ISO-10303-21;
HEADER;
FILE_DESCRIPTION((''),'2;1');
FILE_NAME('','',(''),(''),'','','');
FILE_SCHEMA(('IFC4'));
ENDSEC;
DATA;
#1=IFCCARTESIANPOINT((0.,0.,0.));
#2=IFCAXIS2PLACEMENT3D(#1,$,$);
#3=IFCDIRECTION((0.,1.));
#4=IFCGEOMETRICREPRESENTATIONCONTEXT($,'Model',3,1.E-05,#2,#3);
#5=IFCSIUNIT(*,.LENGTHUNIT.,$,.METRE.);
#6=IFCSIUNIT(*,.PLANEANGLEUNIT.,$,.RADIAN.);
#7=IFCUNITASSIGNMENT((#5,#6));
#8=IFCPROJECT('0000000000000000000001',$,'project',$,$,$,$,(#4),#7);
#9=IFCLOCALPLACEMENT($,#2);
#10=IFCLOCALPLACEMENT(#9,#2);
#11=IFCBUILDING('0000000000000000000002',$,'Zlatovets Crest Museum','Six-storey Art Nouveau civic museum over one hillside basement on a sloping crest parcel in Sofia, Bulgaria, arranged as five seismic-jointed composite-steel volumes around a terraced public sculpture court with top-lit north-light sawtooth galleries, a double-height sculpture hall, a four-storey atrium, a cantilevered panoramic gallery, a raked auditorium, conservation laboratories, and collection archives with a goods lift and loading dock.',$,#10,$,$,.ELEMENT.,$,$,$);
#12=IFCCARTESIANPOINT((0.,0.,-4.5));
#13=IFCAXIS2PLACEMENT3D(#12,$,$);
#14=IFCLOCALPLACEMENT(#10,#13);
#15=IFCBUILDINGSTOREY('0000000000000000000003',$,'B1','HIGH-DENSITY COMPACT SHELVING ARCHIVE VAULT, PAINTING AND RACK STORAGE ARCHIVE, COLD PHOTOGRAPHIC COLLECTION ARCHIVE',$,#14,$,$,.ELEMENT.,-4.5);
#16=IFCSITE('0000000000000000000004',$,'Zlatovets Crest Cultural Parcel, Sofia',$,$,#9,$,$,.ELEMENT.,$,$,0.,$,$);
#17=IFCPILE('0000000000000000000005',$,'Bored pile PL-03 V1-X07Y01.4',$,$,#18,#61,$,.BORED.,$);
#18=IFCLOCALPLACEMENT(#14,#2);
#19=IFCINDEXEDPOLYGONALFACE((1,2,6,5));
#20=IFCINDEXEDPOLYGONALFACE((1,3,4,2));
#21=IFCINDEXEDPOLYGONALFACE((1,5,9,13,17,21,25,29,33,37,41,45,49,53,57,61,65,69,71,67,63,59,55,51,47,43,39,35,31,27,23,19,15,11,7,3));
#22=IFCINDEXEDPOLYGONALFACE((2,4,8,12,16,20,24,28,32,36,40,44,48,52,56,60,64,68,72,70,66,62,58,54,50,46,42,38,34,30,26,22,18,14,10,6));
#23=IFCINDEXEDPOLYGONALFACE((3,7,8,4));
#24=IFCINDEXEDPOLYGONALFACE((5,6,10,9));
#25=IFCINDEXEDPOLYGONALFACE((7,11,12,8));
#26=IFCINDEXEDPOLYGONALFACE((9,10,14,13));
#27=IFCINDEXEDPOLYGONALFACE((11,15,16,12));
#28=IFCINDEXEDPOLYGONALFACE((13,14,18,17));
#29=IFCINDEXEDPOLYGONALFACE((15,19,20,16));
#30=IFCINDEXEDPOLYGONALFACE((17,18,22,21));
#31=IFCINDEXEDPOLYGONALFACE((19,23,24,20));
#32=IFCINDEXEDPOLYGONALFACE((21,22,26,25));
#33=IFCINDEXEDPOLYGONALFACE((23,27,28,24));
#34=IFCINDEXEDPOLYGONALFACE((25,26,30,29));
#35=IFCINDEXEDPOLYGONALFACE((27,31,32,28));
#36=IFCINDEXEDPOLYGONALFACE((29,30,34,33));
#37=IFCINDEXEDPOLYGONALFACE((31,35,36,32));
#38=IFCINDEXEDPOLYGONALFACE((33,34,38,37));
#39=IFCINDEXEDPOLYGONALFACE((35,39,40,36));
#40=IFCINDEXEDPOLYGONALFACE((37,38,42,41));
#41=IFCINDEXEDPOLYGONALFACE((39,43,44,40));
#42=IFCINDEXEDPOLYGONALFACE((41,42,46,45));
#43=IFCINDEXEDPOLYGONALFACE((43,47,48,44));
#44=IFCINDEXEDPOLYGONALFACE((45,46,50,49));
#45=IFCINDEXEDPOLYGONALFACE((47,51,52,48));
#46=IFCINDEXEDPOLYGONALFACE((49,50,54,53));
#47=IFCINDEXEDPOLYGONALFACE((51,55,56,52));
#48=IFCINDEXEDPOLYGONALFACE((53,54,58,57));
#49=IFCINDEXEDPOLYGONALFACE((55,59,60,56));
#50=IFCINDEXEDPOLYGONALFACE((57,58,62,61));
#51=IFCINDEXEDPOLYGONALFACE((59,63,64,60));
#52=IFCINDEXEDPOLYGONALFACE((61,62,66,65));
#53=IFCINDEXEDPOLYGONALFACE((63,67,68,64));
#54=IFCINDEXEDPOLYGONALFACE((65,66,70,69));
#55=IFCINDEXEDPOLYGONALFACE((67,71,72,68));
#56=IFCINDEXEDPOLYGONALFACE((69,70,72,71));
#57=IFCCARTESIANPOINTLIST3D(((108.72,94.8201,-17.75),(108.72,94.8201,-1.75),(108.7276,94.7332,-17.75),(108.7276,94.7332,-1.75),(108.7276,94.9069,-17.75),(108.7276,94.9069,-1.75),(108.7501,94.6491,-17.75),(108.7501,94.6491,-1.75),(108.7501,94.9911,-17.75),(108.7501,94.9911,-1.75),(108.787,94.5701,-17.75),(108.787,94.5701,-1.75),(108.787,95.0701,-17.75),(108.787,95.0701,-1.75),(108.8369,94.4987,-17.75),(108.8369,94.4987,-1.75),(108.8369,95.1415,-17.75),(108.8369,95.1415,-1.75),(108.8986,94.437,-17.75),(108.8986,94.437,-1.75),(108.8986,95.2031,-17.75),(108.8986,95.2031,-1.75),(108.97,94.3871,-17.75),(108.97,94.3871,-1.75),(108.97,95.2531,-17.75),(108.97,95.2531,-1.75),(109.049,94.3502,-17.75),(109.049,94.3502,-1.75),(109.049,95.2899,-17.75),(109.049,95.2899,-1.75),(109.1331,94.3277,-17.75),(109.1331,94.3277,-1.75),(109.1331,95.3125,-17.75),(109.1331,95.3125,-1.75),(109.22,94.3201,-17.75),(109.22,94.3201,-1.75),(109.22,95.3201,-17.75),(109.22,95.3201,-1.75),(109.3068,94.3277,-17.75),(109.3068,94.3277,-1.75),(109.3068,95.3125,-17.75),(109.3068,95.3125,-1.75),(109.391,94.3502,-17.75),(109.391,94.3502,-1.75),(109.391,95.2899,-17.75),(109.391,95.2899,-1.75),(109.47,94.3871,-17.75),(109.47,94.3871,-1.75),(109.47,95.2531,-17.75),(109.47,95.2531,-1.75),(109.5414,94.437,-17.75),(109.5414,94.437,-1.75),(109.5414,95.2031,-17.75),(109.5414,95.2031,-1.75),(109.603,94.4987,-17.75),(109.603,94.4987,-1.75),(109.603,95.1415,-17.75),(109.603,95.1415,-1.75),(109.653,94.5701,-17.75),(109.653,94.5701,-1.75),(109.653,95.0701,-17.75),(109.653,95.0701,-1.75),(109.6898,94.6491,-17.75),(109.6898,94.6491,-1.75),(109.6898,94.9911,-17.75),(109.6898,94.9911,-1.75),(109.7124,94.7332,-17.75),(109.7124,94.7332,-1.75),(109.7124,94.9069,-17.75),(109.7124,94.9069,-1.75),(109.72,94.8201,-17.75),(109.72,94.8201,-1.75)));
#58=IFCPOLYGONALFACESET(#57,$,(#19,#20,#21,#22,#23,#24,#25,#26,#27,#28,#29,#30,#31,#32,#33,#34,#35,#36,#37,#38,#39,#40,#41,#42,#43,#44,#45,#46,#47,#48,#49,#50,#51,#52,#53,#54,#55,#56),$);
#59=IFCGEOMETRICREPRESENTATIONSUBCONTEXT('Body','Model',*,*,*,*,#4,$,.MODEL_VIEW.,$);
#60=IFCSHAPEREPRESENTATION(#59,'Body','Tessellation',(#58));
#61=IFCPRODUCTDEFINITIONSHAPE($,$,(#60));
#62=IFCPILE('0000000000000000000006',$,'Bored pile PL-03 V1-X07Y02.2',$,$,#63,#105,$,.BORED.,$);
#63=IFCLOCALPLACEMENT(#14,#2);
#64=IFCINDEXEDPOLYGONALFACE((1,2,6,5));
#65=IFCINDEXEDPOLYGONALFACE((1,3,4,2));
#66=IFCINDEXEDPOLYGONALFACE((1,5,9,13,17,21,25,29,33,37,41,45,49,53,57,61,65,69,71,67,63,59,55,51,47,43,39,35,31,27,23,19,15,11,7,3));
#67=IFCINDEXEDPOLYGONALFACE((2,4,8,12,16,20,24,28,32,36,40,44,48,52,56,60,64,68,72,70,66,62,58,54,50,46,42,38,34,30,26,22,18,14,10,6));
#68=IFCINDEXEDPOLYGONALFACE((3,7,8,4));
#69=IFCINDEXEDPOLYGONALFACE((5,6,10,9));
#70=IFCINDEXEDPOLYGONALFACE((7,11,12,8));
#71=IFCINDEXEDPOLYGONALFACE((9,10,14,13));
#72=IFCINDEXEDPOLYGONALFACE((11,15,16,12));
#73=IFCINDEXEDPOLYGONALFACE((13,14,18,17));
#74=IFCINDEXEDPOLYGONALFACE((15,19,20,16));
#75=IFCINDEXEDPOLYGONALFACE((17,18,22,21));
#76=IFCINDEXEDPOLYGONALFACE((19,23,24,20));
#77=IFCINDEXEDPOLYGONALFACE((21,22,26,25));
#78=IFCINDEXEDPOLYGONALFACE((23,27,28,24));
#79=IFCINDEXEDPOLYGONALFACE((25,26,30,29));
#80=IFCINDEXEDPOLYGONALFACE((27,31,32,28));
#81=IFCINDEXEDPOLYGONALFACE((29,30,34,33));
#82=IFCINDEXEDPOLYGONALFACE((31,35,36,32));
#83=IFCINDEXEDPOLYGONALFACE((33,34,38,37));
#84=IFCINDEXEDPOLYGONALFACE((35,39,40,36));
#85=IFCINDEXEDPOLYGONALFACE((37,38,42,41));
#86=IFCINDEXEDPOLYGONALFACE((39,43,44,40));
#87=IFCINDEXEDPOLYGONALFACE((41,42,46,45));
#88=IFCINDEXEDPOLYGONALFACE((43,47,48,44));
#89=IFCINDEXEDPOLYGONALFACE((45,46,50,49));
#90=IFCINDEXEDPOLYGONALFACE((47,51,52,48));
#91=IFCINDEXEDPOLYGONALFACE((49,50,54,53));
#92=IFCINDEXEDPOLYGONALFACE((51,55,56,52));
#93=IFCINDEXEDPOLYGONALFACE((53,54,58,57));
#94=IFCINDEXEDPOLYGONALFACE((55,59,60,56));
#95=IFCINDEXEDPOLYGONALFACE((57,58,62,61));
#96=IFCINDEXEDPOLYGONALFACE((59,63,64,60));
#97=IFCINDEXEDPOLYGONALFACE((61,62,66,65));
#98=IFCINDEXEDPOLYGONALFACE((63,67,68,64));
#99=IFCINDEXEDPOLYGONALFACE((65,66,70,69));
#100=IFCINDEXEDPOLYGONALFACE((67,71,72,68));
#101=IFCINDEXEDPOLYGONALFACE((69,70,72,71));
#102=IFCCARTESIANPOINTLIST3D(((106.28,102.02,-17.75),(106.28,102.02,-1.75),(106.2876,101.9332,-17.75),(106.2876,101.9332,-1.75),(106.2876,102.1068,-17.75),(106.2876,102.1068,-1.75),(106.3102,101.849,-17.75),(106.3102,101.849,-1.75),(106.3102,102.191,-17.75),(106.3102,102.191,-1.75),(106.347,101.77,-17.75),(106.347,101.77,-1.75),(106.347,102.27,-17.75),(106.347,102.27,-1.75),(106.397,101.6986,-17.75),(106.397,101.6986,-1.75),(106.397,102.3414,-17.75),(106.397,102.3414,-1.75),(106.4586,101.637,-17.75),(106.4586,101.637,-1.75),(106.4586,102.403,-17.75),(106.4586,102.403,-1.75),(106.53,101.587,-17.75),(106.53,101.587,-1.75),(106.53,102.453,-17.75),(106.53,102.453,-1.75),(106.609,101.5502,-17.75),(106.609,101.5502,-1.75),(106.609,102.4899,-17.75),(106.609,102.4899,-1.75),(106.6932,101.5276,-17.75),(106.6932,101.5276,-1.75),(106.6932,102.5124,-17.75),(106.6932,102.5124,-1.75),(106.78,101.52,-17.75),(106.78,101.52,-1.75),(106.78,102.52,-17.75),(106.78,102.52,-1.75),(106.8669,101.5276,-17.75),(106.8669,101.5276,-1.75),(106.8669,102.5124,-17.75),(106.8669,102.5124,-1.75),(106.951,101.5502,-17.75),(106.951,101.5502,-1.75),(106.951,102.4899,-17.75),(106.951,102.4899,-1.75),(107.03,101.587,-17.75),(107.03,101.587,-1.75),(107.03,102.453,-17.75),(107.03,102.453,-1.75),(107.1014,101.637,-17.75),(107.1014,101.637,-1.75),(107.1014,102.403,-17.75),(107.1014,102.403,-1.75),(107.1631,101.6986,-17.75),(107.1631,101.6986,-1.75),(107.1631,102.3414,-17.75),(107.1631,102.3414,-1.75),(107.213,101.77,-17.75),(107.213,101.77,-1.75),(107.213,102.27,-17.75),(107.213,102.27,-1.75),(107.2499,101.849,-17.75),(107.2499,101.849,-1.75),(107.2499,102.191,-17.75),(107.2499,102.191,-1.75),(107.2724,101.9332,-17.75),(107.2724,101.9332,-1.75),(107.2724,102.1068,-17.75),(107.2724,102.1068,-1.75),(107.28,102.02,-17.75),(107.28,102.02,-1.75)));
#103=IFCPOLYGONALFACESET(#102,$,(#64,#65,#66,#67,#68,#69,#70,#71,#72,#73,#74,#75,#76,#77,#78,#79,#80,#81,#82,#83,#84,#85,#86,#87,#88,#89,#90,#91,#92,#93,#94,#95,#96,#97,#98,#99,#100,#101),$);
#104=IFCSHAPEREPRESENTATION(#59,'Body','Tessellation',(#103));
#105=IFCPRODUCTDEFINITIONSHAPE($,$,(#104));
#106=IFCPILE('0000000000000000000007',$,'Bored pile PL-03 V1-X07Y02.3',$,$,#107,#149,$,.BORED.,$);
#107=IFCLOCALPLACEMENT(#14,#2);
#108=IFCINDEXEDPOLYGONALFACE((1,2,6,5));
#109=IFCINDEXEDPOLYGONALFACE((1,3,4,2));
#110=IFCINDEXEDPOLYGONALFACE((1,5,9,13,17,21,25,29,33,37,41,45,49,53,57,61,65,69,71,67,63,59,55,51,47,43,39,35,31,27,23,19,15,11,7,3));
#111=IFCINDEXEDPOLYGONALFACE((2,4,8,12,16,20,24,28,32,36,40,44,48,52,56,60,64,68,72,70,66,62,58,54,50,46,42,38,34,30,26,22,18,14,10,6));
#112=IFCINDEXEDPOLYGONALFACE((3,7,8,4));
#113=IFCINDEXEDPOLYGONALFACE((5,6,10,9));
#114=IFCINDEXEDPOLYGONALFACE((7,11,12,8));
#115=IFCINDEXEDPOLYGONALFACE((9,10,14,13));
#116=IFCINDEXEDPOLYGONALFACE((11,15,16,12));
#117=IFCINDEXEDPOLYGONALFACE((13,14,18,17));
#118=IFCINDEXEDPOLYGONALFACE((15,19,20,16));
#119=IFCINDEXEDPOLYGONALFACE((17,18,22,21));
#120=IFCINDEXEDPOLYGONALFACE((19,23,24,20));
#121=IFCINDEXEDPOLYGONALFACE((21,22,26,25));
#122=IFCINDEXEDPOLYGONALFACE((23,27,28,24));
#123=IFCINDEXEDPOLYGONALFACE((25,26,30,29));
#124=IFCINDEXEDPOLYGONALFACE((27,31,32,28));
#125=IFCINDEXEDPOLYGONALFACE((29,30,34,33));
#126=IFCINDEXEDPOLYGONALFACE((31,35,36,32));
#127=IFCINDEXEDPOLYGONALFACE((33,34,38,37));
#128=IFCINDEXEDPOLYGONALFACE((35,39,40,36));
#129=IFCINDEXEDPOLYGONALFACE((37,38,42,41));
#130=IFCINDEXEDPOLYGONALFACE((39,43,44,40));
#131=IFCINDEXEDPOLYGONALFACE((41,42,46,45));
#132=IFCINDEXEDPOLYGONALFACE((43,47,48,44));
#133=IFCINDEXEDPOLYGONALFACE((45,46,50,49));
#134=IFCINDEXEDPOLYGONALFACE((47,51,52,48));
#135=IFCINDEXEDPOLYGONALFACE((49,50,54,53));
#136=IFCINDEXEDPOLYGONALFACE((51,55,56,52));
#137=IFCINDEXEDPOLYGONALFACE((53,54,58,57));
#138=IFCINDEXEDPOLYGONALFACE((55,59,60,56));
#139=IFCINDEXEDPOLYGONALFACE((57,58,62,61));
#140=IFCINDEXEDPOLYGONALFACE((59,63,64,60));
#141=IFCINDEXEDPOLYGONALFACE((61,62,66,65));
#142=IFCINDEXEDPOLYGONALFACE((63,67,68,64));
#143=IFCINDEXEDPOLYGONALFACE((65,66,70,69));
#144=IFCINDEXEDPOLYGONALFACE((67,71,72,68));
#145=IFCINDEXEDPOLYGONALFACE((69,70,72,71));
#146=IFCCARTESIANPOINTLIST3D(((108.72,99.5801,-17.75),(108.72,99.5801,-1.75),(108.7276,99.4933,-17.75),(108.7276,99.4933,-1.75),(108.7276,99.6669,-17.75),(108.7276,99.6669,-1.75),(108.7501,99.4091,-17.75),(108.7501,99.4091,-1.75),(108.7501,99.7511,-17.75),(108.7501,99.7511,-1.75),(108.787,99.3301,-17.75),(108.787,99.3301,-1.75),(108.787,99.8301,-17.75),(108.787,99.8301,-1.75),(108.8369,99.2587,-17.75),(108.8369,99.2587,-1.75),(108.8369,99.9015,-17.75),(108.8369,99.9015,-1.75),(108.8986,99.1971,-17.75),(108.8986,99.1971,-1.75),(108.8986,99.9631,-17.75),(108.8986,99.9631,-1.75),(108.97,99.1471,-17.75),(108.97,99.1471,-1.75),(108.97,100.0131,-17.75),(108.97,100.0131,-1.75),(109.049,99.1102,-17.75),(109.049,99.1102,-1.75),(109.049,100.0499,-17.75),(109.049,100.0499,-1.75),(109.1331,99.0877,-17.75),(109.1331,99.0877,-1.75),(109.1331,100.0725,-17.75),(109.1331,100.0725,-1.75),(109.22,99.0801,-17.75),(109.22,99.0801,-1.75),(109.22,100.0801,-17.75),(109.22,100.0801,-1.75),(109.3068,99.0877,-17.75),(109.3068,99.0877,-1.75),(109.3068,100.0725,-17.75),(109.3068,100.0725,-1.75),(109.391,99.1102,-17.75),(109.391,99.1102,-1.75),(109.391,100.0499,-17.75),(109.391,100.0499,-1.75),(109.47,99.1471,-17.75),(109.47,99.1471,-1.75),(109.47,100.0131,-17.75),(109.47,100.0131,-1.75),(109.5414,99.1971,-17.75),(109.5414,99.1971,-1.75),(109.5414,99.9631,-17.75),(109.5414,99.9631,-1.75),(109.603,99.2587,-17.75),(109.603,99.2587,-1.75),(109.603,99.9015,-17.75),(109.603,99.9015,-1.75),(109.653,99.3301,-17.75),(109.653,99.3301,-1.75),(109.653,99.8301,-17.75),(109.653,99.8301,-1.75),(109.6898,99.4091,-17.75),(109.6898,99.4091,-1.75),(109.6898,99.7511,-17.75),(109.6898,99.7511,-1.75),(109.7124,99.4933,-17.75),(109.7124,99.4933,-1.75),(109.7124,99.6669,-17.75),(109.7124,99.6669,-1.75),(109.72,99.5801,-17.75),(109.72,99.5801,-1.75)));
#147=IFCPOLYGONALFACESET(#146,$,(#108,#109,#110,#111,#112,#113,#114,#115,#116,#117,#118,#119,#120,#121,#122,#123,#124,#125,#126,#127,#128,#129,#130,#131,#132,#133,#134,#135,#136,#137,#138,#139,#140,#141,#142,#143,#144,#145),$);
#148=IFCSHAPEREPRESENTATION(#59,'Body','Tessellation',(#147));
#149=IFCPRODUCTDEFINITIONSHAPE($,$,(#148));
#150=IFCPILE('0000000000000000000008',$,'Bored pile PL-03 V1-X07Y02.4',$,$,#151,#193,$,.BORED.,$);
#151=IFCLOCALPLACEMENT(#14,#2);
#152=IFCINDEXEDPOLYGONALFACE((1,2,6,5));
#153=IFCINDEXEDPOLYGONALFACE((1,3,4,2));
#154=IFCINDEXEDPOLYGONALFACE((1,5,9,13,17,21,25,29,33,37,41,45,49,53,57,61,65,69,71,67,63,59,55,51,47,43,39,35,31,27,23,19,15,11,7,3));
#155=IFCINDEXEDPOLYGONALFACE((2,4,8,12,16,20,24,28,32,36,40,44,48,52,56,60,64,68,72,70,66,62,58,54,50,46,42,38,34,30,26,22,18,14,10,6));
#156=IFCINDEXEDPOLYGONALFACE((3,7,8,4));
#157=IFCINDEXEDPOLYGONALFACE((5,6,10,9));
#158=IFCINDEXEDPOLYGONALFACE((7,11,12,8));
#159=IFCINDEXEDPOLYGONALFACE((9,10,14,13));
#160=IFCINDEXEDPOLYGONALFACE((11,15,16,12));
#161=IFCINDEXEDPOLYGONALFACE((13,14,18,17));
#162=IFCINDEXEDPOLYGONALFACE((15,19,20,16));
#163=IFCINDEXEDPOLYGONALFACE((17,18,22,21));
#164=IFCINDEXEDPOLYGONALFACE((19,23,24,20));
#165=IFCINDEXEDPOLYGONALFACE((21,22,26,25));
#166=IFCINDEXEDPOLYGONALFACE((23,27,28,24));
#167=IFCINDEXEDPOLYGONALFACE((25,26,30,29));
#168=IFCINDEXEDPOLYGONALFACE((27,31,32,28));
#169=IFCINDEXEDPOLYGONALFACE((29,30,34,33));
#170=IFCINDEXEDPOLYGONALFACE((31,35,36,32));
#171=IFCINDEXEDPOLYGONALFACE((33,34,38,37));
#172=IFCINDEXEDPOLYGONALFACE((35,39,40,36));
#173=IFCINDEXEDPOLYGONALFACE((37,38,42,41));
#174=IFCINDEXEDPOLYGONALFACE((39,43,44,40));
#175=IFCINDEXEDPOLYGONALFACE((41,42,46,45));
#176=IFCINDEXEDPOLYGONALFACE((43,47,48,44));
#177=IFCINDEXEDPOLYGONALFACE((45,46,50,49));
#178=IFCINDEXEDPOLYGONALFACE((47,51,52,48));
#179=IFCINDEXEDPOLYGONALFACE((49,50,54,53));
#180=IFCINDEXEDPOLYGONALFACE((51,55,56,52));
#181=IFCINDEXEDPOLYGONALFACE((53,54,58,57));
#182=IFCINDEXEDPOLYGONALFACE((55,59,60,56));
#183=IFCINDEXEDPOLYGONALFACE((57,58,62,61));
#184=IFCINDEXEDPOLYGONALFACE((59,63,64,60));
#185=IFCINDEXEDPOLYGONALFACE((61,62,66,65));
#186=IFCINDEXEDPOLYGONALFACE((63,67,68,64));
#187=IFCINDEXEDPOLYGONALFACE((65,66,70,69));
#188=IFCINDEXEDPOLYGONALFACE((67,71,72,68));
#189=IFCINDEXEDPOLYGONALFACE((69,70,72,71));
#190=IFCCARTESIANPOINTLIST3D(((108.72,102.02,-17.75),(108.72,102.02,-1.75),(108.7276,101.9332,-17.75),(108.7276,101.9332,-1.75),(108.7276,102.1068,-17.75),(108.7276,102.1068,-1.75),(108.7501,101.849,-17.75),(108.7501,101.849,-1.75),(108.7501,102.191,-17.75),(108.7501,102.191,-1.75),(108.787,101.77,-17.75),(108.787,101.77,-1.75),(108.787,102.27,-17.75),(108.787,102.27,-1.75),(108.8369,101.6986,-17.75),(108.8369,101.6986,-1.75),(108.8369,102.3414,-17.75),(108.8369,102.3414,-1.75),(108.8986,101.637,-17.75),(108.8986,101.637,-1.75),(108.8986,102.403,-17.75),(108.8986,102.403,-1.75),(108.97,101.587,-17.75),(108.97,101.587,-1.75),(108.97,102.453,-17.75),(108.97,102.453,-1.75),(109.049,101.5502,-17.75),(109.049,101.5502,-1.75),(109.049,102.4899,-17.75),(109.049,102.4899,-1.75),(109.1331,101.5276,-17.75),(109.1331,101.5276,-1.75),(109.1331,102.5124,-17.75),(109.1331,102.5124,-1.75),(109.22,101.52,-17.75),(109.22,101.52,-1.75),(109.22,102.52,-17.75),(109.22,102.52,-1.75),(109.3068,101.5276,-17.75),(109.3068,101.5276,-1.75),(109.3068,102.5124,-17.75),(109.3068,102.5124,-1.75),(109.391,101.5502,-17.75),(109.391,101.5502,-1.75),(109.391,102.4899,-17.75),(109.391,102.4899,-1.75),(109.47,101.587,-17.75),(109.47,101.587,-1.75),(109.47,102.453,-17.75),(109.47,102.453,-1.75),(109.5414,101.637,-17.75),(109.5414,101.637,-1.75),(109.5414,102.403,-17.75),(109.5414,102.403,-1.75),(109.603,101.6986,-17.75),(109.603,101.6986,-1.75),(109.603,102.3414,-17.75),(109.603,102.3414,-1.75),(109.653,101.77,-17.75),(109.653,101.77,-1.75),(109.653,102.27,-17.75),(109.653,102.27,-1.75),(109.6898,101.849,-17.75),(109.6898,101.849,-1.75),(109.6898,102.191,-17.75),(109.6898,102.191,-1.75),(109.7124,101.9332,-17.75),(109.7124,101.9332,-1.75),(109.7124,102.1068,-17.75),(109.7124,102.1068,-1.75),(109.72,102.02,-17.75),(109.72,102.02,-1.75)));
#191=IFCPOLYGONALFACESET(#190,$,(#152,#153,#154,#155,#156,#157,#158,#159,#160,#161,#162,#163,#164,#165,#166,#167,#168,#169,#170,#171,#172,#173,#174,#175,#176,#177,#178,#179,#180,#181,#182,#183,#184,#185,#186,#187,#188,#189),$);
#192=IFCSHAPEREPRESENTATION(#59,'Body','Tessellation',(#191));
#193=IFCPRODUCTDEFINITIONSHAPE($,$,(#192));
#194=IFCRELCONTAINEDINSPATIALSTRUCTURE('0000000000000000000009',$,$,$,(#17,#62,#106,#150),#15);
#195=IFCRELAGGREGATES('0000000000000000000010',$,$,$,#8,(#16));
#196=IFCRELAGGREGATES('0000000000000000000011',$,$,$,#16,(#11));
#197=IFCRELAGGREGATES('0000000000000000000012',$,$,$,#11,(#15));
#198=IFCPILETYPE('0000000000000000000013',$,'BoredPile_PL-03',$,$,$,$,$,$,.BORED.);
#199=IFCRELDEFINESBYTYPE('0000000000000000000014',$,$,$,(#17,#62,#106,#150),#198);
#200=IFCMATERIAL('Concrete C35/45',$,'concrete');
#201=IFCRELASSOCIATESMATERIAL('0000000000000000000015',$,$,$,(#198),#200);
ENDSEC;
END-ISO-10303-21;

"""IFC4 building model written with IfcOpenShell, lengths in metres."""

from ifc_helpers import new_model, si_unit, direction, frame, origin, origin_2d, place, context, subcontext, project, spatial, circle, extrude, material, material_profile, profile_set, type_object, element, save


model = new_model("IFC4")

# Units and contexts
model_context = context("Model", 3, precision=1e-05, world=origin(), true_north=direction((0.0, 1.0)))
body_context = subcontext(model_context, "Body", "Model", "MODEL_VIEW")
ifc_project = project(units=[si_unit("LENGTHUNIT", "METRE"), si_unit("PLANEANGLEUNIT", "RADIAN")], contexts=[model_context])

# Site, building, storey
site_placement = place(None, origin())
site = spatial("IfcSite", under=ifc_project, at=site_placement, Name="Zlatovets Crest Cultural Parcel, Sofia", CompositionType="ELEMENT", RefElevation=0.0)
building_placement = place(site_placement, origin())
building = spatial("IfcBuilding", under=site, at=building_placement, Name="Zlatovets Crest Museum", Description="Six-storey Art Nouveau civic museum over one hillside basement on a sloping crest parcel in Sofia, Bulgaria, arranged as five seismic-jointed composite-steel volumes around a terraced public sculpture court with top-lit north-light sawtooth galleries, a double-height sculpture hall, a four-storey atrium, a cantilevered panoramic gallery, a raked auditorium, conservation laboratories, and collection archives with a goods lift and loading dock.", CompositionType="ELEMENT")
storey_placement = place(building_placement, frame((0.0, 0.0, -4.5)))
storey = spatial("IfcBuildingStorey", under=building, at=storey_placement, Name="B1", Description="HIGH-DENSITY COMPACT SHELVING ARCHIVE VAULT, PAINTING AND RACK STORAGE ARCHIVE, COLD PHOTOGRAPHIC COLLECTION ARCHIVE", CompositionType="ELEMENT", Elevation=-4.5)

# Piles
ifc_material_1 = material(Name="Concrete C35/45", Category="concrete")
ifc_material_profile_1 = material_profile(ifc_material_1, circle(Radius=0.5, at=origin_2d()), Name="PILE D1000")
ifc_profile_set_1 = profile_set([ifc_material_profile_1], Name="Concrete C35/45")
pile_type_1 = type_object("IfcPileType", Name="BoredPile_PL-03", PredefinedType="BORED", material=ifc_profile_set_1)
for number, where, z_axis, x_axis, name in (
    (1, (109.22, 94.8201, -1.75), (0.0, 0.0, -1.0), (1.0, 0.0, 0.0), "Bored pile PL-03 V1-X07Y01.4"),
    (2, (106.78, 102.02, -1.75), (0.0, 0.0, -1.0), (1.0, 0.0, 0.0), "Bored pile PL-03 V1-X07Y02.2"),
    (3, (109.22, 99.5801, -1.75), (0.0, 0.0, -1.0), (1.0, 0.0, 0.0), "Bored pile PL-03 V1-X07Y02.3"),
    (4, (109.22, 102.02, -1.75), (0.0, 0.0, -1.0), (1.0, 0.0, 0.0), "Bored pile PL-03 V1-X07Y02.4"),
):
    element("IfcPile", number, at=place(storey_placement, frame(where, z_axis=z_axis, x_axis=x_axis)), inside=storey, type_object=pile_type_1, Name=name, PredefinedType="BORED", context=body_context, shape_type="SweptSolid", body=[
        extrude(circle(Radius=0.5, at=origin_2d()), origin(), (0.0, 0.0, 1.0), 16.0),
    ])

save(model, "model.ifc")
